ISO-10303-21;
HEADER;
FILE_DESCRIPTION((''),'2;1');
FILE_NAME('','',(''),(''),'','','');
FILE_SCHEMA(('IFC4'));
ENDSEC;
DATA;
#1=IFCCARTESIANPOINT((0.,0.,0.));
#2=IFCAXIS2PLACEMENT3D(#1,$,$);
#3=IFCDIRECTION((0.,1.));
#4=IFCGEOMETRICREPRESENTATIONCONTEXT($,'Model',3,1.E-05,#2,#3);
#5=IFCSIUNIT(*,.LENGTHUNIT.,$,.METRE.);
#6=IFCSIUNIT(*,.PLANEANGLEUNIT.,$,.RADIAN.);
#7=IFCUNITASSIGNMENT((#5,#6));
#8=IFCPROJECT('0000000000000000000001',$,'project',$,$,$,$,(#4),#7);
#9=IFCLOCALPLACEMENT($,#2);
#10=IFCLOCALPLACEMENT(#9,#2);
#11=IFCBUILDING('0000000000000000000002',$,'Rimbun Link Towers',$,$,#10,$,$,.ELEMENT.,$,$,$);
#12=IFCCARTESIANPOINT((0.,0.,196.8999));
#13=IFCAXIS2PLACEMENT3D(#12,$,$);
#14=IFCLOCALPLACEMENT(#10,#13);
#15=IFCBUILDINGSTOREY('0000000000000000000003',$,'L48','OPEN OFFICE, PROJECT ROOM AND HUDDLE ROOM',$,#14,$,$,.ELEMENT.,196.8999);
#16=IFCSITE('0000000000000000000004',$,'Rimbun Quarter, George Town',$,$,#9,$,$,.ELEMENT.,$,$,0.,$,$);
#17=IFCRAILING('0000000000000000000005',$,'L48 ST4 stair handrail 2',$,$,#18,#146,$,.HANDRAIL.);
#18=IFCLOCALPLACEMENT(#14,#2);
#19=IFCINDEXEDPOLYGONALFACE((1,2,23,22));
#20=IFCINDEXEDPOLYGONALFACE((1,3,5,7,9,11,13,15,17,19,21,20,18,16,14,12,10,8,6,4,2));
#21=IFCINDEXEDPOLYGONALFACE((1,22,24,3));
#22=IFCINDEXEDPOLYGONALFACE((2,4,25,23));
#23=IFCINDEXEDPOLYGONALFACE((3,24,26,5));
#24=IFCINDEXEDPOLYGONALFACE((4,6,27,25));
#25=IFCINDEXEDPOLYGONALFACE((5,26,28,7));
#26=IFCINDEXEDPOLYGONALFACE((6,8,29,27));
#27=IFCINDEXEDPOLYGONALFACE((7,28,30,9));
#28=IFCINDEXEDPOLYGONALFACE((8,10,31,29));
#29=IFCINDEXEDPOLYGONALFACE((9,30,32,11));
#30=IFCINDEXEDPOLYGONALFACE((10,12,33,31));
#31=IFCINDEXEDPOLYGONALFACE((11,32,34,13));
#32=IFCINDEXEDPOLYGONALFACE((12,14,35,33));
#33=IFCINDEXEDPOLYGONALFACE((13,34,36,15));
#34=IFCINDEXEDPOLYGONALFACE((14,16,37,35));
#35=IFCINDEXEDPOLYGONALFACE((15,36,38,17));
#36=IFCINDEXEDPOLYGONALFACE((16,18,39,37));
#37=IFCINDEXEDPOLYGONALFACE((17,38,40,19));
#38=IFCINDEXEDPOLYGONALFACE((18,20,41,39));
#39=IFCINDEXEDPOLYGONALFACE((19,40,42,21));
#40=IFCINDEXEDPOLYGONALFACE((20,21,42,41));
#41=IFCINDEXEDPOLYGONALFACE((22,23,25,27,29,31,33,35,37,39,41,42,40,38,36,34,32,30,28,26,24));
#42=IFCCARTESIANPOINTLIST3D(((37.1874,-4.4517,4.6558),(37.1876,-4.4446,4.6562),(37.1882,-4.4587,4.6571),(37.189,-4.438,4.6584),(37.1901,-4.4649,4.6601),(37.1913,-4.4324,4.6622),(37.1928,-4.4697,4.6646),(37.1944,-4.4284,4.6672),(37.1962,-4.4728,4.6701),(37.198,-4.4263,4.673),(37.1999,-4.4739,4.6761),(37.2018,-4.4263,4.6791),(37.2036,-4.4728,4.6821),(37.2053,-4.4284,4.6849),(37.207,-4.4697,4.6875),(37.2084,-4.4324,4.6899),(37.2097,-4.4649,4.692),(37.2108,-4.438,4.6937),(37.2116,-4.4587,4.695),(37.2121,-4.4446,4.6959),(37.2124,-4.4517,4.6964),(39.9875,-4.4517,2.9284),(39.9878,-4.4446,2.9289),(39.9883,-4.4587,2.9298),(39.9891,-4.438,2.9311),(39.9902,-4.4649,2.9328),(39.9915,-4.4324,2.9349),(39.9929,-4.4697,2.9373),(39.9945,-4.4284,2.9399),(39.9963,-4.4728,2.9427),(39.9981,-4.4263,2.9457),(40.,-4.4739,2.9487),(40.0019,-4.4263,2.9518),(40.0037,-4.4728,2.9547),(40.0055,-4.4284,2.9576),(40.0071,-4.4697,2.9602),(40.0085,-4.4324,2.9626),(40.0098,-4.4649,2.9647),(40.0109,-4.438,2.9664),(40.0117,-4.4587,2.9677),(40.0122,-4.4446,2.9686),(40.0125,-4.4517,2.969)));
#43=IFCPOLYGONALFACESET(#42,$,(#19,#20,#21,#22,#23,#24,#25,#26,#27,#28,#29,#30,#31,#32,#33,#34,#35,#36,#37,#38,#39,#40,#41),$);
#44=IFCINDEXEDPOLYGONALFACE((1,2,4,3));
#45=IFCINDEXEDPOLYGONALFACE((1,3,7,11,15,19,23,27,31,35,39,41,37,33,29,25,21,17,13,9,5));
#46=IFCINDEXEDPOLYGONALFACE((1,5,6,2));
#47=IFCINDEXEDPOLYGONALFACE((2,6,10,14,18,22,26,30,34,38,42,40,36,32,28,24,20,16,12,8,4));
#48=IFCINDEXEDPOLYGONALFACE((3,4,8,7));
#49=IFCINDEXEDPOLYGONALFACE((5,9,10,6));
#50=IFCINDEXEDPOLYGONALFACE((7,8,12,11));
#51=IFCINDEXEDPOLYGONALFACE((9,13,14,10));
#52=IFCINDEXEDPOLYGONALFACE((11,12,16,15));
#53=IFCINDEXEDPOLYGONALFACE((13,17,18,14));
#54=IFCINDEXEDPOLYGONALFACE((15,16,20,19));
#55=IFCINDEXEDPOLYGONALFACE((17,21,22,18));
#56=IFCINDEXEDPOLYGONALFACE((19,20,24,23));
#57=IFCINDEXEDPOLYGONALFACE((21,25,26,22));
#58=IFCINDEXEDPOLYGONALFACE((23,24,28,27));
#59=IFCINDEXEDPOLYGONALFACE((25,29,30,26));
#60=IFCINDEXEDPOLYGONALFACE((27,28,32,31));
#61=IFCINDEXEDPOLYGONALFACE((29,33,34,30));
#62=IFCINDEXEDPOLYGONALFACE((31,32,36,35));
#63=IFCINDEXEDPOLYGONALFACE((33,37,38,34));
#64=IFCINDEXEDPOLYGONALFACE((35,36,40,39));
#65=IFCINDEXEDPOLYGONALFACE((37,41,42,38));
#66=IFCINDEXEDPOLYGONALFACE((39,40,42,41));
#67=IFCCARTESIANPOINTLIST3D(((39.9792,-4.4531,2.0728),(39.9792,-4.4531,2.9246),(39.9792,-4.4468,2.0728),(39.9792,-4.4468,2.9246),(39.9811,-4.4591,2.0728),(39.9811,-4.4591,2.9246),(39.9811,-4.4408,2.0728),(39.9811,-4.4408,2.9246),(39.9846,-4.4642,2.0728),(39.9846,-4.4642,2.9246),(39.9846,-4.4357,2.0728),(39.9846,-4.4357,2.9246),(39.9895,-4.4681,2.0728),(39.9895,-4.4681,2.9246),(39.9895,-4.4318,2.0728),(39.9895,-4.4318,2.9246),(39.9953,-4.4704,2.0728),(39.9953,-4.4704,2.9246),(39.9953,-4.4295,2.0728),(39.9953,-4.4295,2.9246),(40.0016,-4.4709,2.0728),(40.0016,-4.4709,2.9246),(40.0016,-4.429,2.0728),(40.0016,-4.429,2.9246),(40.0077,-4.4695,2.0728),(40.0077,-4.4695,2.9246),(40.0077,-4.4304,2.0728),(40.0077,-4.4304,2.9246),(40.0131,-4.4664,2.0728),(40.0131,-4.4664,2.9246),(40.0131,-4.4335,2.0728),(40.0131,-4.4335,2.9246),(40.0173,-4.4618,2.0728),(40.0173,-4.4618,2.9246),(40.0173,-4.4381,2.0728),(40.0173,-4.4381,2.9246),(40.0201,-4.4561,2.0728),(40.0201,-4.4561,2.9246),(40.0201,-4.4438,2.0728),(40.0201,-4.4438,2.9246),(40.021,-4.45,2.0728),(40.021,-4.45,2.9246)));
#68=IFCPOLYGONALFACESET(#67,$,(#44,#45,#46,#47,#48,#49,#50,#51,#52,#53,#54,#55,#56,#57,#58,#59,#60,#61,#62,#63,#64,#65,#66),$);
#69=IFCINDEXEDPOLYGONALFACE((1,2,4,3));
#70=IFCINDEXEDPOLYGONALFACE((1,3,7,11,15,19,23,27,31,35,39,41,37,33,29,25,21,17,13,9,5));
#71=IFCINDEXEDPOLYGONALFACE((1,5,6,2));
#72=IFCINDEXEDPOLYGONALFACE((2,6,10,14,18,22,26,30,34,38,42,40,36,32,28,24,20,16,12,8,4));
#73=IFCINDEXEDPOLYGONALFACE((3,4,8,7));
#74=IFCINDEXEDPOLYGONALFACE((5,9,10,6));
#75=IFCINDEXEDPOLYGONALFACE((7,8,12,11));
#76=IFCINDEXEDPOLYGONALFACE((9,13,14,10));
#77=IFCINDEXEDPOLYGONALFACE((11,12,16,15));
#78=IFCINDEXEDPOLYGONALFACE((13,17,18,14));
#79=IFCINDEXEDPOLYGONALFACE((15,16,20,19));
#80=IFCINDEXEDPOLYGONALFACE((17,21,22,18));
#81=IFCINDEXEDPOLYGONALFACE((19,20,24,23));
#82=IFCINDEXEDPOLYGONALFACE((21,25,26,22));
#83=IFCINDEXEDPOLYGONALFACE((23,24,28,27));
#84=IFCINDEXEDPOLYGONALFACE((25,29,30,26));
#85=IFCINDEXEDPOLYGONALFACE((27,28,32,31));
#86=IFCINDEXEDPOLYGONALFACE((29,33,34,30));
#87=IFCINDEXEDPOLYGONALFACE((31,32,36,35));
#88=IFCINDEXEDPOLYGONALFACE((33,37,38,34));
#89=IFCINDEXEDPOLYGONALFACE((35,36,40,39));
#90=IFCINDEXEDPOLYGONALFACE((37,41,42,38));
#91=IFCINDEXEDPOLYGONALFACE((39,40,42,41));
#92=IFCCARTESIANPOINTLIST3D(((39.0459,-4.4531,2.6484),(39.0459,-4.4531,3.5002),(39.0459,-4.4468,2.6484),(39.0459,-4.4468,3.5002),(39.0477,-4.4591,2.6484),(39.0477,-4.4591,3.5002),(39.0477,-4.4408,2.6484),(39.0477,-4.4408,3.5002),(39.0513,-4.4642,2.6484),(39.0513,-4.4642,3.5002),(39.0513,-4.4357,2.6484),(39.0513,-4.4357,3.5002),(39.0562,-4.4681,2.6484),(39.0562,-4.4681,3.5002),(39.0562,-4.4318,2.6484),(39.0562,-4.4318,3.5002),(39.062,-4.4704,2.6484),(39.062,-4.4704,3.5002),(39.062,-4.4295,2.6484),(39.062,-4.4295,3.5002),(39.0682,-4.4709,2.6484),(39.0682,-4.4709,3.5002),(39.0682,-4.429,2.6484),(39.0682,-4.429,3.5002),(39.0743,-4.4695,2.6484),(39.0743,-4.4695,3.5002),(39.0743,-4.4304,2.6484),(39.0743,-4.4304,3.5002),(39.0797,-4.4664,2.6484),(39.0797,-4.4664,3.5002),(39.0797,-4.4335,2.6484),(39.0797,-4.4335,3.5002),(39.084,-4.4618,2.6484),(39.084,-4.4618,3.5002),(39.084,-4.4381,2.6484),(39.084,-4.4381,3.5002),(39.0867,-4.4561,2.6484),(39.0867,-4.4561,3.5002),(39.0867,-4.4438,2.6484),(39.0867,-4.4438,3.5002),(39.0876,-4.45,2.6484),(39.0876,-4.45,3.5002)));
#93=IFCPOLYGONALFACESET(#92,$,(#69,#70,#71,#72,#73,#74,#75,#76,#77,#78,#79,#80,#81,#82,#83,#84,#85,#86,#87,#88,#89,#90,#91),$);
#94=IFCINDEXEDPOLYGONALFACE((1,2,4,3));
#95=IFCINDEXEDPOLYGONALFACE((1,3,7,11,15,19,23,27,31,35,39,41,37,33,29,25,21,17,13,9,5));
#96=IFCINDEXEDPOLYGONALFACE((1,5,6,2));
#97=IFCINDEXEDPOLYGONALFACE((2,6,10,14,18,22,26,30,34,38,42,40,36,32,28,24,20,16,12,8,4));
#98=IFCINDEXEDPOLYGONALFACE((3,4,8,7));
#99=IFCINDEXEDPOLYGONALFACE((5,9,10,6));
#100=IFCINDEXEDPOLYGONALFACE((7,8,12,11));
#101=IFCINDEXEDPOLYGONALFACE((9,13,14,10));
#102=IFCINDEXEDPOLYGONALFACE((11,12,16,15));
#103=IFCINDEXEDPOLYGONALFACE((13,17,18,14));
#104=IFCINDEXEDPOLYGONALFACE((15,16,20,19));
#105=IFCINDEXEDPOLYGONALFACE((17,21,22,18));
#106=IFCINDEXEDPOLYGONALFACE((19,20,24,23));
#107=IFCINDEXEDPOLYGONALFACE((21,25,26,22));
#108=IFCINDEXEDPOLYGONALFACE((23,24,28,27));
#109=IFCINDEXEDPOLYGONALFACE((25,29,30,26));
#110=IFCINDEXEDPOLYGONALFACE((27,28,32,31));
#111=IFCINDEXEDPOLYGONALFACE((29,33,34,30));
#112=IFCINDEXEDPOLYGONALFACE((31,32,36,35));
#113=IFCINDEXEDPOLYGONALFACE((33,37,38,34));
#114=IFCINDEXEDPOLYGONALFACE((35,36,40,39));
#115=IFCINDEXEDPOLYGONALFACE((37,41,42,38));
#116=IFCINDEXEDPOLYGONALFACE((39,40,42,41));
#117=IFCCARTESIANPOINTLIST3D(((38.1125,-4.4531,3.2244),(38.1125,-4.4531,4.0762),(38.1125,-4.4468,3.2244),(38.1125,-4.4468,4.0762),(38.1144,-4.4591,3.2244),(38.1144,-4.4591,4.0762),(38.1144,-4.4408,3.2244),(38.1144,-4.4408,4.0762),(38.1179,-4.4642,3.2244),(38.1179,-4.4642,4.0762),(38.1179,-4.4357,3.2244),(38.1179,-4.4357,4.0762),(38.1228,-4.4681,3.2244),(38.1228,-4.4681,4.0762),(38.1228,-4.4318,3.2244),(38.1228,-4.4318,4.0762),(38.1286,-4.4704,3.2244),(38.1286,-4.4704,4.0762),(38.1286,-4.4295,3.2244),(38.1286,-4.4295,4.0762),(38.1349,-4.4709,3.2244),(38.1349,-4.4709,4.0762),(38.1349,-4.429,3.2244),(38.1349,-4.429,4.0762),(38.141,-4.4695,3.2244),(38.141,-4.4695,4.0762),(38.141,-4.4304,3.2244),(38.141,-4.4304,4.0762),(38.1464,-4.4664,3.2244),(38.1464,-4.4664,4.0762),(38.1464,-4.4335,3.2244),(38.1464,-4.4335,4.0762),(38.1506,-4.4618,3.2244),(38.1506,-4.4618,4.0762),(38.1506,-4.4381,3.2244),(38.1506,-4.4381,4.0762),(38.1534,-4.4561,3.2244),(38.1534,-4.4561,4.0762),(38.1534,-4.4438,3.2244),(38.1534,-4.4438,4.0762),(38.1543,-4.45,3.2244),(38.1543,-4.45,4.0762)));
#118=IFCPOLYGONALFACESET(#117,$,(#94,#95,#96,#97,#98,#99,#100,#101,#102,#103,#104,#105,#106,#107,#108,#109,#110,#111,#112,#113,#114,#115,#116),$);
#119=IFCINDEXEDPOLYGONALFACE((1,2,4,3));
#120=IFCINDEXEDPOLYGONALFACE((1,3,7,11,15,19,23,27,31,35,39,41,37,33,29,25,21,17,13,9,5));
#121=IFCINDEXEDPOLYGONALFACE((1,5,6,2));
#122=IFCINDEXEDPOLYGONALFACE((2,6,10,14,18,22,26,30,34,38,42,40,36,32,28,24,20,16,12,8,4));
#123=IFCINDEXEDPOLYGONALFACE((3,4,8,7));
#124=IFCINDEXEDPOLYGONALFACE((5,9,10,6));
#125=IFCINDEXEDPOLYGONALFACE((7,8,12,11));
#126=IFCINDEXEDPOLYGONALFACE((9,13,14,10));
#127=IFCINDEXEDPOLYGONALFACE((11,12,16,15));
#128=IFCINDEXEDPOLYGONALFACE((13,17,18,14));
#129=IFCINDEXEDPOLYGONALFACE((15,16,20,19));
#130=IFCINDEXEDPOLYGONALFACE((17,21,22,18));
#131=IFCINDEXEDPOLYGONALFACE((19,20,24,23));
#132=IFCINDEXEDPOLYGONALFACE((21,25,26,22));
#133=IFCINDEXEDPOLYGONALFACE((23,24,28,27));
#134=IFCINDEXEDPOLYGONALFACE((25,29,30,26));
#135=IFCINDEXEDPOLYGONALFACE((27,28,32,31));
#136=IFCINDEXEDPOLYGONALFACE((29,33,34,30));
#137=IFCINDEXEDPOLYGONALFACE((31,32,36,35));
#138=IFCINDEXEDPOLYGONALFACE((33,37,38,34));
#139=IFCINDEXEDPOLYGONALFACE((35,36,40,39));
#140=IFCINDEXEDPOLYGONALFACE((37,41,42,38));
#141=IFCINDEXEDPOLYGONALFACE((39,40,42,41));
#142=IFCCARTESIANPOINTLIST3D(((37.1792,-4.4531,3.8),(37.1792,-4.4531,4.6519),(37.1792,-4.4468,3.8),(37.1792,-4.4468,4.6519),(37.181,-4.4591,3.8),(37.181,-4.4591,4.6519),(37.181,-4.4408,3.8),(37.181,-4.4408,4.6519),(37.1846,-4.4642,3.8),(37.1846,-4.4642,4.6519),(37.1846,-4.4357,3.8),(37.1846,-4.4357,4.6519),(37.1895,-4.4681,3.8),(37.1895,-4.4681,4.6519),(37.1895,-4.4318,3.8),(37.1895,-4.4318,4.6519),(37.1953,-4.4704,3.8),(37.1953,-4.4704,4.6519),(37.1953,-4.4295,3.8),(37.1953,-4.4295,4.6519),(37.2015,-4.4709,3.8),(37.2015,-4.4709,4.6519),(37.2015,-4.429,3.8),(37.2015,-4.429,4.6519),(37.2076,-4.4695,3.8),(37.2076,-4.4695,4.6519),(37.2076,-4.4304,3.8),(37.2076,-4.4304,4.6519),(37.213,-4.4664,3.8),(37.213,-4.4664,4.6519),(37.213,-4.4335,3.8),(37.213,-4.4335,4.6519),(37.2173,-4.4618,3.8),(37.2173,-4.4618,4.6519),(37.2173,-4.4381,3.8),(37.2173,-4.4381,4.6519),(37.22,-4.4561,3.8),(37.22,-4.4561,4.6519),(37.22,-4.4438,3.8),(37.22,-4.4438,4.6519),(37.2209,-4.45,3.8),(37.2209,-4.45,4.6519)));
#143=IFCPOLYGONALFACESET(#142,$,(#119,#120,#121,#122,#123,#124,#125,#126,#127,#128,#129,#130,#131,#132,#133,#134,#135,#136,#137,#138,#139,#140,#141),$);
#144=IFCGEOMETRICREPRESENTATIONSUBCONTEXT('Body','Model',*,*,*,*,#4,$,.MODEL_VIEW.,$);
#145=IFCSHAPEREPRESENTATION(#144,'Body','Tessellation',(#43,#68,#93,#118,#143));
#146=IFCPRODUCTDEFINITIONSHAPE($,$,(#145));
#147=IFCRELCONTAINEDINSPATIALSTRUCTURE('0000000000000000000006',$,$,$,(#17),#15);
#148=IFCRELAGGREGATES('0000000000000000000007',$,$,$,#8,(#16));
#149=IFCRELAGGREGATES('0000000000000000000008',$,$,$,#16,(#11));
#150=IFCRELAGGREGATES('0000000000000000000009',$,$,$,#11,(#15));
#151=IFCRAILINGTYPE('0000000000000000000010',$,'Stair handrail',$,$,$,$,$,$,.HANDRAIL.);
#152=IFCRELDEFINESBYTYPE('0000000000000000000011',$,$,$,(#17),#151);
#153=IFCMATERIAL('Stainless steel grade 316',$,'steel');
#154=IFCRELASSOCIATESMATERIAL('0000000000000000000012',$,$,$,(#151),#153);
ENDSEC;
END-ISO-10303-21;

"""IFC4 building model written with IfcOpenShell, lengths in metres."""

from ifc_helpers import new_model, si_unit, direction, frame, origin, origin_2d, place, context, subcontext, project, spatial, circle, extrude, material, type_object, element, save


model = new_model("IFC4")

# Units and contexts
model_context = context("Model", 3, precision=1e-05, world=origin(), true_north=direction((0.0, 1.0)))
body_context = subcontext(model_context, "Body", "Model", "MODEL_VIEW")
ifc_project = project(units=[si_unit("LENGTHUNIT", "METRE"), si_unit("PLANEANGLEUNIT", "RADIAN")], contexts=[model_context])

# Site, building, storey
site_placement = place(None, origin())
site = spatial("IfcSite", under=ifc_project, at=site_placement, Name="Rimbun Quarter, George Town", CompositionType="ELEMENT", RefElevation=0.0)
building_placement = place(site_placement, origin())
building = spatial("IfcBuilding", under=site, at=building_placement, Name="Rimbun Link Towers", CompositionType="ELEMENT")
storey_placement = place(building_placement, frame((0.0, 0.0, 196.8999)))
storey = spatial("IfcBuildingStorey", under=building, at=storey_placement, Name="L48", Description="OPEN OFFICE, PROJECT ROOM AND HUDDLE ROOM", CompositionType="ELEMENT", Elevation=196.8999)

# Railing
ifc_material_1 = material(Name="Stainless steel grade 316", Category="steel")
railing_type_1 = type_object("IfcRailingType", Name="Stair handrail", PredefinedType="HANDRAIL", material=ifc_material_1)
railing_1_placement = place(storey_placement, frame((40.0, -4.45, 2.0728)))
element("IfcRailing", 1, at=railing_1_placement, inside=storey, type_object=railing_type_1, Name="L48 ST4 stair handrail 2", PredefinedType="HANDRAIL", context=body_context, shape_type="SweptSolid", body=[
    extrude(circle(Radius=0.0239, at=origin_2d()), frame((0.0, 0.0, 0.876), z_axis=(-0.85109, 0.0, 0.52502), x_axis=(0.0, -1.0, 0.0)), (0.0, 0.0, 1.0), 3.29),
    extrude(circle(Radius=0.021, at=origin_2d()), origin(), (0.0, 0.0, 1.0), 0.8518),
    extrude(circle(Radius=0.021, at=origin_2d()), frame((-0.9333, 0.0, 0.5757)), (0.0, 0.0, 1.0), 0.8518),
    extrude(circle(Radius=0.021, at=origin_2d()), frame((-1.8667, 0.0, 1.1516)), (0.0, 0.0, 1.0), 0.8518),
    extrude(circle(Radius=0.021, at=origin_2d()), frame((-2.8, 0.0, 1.7273)), (0.0, 0.0, 1.0), 0.8518),
])

save(model, "model.ifc")
